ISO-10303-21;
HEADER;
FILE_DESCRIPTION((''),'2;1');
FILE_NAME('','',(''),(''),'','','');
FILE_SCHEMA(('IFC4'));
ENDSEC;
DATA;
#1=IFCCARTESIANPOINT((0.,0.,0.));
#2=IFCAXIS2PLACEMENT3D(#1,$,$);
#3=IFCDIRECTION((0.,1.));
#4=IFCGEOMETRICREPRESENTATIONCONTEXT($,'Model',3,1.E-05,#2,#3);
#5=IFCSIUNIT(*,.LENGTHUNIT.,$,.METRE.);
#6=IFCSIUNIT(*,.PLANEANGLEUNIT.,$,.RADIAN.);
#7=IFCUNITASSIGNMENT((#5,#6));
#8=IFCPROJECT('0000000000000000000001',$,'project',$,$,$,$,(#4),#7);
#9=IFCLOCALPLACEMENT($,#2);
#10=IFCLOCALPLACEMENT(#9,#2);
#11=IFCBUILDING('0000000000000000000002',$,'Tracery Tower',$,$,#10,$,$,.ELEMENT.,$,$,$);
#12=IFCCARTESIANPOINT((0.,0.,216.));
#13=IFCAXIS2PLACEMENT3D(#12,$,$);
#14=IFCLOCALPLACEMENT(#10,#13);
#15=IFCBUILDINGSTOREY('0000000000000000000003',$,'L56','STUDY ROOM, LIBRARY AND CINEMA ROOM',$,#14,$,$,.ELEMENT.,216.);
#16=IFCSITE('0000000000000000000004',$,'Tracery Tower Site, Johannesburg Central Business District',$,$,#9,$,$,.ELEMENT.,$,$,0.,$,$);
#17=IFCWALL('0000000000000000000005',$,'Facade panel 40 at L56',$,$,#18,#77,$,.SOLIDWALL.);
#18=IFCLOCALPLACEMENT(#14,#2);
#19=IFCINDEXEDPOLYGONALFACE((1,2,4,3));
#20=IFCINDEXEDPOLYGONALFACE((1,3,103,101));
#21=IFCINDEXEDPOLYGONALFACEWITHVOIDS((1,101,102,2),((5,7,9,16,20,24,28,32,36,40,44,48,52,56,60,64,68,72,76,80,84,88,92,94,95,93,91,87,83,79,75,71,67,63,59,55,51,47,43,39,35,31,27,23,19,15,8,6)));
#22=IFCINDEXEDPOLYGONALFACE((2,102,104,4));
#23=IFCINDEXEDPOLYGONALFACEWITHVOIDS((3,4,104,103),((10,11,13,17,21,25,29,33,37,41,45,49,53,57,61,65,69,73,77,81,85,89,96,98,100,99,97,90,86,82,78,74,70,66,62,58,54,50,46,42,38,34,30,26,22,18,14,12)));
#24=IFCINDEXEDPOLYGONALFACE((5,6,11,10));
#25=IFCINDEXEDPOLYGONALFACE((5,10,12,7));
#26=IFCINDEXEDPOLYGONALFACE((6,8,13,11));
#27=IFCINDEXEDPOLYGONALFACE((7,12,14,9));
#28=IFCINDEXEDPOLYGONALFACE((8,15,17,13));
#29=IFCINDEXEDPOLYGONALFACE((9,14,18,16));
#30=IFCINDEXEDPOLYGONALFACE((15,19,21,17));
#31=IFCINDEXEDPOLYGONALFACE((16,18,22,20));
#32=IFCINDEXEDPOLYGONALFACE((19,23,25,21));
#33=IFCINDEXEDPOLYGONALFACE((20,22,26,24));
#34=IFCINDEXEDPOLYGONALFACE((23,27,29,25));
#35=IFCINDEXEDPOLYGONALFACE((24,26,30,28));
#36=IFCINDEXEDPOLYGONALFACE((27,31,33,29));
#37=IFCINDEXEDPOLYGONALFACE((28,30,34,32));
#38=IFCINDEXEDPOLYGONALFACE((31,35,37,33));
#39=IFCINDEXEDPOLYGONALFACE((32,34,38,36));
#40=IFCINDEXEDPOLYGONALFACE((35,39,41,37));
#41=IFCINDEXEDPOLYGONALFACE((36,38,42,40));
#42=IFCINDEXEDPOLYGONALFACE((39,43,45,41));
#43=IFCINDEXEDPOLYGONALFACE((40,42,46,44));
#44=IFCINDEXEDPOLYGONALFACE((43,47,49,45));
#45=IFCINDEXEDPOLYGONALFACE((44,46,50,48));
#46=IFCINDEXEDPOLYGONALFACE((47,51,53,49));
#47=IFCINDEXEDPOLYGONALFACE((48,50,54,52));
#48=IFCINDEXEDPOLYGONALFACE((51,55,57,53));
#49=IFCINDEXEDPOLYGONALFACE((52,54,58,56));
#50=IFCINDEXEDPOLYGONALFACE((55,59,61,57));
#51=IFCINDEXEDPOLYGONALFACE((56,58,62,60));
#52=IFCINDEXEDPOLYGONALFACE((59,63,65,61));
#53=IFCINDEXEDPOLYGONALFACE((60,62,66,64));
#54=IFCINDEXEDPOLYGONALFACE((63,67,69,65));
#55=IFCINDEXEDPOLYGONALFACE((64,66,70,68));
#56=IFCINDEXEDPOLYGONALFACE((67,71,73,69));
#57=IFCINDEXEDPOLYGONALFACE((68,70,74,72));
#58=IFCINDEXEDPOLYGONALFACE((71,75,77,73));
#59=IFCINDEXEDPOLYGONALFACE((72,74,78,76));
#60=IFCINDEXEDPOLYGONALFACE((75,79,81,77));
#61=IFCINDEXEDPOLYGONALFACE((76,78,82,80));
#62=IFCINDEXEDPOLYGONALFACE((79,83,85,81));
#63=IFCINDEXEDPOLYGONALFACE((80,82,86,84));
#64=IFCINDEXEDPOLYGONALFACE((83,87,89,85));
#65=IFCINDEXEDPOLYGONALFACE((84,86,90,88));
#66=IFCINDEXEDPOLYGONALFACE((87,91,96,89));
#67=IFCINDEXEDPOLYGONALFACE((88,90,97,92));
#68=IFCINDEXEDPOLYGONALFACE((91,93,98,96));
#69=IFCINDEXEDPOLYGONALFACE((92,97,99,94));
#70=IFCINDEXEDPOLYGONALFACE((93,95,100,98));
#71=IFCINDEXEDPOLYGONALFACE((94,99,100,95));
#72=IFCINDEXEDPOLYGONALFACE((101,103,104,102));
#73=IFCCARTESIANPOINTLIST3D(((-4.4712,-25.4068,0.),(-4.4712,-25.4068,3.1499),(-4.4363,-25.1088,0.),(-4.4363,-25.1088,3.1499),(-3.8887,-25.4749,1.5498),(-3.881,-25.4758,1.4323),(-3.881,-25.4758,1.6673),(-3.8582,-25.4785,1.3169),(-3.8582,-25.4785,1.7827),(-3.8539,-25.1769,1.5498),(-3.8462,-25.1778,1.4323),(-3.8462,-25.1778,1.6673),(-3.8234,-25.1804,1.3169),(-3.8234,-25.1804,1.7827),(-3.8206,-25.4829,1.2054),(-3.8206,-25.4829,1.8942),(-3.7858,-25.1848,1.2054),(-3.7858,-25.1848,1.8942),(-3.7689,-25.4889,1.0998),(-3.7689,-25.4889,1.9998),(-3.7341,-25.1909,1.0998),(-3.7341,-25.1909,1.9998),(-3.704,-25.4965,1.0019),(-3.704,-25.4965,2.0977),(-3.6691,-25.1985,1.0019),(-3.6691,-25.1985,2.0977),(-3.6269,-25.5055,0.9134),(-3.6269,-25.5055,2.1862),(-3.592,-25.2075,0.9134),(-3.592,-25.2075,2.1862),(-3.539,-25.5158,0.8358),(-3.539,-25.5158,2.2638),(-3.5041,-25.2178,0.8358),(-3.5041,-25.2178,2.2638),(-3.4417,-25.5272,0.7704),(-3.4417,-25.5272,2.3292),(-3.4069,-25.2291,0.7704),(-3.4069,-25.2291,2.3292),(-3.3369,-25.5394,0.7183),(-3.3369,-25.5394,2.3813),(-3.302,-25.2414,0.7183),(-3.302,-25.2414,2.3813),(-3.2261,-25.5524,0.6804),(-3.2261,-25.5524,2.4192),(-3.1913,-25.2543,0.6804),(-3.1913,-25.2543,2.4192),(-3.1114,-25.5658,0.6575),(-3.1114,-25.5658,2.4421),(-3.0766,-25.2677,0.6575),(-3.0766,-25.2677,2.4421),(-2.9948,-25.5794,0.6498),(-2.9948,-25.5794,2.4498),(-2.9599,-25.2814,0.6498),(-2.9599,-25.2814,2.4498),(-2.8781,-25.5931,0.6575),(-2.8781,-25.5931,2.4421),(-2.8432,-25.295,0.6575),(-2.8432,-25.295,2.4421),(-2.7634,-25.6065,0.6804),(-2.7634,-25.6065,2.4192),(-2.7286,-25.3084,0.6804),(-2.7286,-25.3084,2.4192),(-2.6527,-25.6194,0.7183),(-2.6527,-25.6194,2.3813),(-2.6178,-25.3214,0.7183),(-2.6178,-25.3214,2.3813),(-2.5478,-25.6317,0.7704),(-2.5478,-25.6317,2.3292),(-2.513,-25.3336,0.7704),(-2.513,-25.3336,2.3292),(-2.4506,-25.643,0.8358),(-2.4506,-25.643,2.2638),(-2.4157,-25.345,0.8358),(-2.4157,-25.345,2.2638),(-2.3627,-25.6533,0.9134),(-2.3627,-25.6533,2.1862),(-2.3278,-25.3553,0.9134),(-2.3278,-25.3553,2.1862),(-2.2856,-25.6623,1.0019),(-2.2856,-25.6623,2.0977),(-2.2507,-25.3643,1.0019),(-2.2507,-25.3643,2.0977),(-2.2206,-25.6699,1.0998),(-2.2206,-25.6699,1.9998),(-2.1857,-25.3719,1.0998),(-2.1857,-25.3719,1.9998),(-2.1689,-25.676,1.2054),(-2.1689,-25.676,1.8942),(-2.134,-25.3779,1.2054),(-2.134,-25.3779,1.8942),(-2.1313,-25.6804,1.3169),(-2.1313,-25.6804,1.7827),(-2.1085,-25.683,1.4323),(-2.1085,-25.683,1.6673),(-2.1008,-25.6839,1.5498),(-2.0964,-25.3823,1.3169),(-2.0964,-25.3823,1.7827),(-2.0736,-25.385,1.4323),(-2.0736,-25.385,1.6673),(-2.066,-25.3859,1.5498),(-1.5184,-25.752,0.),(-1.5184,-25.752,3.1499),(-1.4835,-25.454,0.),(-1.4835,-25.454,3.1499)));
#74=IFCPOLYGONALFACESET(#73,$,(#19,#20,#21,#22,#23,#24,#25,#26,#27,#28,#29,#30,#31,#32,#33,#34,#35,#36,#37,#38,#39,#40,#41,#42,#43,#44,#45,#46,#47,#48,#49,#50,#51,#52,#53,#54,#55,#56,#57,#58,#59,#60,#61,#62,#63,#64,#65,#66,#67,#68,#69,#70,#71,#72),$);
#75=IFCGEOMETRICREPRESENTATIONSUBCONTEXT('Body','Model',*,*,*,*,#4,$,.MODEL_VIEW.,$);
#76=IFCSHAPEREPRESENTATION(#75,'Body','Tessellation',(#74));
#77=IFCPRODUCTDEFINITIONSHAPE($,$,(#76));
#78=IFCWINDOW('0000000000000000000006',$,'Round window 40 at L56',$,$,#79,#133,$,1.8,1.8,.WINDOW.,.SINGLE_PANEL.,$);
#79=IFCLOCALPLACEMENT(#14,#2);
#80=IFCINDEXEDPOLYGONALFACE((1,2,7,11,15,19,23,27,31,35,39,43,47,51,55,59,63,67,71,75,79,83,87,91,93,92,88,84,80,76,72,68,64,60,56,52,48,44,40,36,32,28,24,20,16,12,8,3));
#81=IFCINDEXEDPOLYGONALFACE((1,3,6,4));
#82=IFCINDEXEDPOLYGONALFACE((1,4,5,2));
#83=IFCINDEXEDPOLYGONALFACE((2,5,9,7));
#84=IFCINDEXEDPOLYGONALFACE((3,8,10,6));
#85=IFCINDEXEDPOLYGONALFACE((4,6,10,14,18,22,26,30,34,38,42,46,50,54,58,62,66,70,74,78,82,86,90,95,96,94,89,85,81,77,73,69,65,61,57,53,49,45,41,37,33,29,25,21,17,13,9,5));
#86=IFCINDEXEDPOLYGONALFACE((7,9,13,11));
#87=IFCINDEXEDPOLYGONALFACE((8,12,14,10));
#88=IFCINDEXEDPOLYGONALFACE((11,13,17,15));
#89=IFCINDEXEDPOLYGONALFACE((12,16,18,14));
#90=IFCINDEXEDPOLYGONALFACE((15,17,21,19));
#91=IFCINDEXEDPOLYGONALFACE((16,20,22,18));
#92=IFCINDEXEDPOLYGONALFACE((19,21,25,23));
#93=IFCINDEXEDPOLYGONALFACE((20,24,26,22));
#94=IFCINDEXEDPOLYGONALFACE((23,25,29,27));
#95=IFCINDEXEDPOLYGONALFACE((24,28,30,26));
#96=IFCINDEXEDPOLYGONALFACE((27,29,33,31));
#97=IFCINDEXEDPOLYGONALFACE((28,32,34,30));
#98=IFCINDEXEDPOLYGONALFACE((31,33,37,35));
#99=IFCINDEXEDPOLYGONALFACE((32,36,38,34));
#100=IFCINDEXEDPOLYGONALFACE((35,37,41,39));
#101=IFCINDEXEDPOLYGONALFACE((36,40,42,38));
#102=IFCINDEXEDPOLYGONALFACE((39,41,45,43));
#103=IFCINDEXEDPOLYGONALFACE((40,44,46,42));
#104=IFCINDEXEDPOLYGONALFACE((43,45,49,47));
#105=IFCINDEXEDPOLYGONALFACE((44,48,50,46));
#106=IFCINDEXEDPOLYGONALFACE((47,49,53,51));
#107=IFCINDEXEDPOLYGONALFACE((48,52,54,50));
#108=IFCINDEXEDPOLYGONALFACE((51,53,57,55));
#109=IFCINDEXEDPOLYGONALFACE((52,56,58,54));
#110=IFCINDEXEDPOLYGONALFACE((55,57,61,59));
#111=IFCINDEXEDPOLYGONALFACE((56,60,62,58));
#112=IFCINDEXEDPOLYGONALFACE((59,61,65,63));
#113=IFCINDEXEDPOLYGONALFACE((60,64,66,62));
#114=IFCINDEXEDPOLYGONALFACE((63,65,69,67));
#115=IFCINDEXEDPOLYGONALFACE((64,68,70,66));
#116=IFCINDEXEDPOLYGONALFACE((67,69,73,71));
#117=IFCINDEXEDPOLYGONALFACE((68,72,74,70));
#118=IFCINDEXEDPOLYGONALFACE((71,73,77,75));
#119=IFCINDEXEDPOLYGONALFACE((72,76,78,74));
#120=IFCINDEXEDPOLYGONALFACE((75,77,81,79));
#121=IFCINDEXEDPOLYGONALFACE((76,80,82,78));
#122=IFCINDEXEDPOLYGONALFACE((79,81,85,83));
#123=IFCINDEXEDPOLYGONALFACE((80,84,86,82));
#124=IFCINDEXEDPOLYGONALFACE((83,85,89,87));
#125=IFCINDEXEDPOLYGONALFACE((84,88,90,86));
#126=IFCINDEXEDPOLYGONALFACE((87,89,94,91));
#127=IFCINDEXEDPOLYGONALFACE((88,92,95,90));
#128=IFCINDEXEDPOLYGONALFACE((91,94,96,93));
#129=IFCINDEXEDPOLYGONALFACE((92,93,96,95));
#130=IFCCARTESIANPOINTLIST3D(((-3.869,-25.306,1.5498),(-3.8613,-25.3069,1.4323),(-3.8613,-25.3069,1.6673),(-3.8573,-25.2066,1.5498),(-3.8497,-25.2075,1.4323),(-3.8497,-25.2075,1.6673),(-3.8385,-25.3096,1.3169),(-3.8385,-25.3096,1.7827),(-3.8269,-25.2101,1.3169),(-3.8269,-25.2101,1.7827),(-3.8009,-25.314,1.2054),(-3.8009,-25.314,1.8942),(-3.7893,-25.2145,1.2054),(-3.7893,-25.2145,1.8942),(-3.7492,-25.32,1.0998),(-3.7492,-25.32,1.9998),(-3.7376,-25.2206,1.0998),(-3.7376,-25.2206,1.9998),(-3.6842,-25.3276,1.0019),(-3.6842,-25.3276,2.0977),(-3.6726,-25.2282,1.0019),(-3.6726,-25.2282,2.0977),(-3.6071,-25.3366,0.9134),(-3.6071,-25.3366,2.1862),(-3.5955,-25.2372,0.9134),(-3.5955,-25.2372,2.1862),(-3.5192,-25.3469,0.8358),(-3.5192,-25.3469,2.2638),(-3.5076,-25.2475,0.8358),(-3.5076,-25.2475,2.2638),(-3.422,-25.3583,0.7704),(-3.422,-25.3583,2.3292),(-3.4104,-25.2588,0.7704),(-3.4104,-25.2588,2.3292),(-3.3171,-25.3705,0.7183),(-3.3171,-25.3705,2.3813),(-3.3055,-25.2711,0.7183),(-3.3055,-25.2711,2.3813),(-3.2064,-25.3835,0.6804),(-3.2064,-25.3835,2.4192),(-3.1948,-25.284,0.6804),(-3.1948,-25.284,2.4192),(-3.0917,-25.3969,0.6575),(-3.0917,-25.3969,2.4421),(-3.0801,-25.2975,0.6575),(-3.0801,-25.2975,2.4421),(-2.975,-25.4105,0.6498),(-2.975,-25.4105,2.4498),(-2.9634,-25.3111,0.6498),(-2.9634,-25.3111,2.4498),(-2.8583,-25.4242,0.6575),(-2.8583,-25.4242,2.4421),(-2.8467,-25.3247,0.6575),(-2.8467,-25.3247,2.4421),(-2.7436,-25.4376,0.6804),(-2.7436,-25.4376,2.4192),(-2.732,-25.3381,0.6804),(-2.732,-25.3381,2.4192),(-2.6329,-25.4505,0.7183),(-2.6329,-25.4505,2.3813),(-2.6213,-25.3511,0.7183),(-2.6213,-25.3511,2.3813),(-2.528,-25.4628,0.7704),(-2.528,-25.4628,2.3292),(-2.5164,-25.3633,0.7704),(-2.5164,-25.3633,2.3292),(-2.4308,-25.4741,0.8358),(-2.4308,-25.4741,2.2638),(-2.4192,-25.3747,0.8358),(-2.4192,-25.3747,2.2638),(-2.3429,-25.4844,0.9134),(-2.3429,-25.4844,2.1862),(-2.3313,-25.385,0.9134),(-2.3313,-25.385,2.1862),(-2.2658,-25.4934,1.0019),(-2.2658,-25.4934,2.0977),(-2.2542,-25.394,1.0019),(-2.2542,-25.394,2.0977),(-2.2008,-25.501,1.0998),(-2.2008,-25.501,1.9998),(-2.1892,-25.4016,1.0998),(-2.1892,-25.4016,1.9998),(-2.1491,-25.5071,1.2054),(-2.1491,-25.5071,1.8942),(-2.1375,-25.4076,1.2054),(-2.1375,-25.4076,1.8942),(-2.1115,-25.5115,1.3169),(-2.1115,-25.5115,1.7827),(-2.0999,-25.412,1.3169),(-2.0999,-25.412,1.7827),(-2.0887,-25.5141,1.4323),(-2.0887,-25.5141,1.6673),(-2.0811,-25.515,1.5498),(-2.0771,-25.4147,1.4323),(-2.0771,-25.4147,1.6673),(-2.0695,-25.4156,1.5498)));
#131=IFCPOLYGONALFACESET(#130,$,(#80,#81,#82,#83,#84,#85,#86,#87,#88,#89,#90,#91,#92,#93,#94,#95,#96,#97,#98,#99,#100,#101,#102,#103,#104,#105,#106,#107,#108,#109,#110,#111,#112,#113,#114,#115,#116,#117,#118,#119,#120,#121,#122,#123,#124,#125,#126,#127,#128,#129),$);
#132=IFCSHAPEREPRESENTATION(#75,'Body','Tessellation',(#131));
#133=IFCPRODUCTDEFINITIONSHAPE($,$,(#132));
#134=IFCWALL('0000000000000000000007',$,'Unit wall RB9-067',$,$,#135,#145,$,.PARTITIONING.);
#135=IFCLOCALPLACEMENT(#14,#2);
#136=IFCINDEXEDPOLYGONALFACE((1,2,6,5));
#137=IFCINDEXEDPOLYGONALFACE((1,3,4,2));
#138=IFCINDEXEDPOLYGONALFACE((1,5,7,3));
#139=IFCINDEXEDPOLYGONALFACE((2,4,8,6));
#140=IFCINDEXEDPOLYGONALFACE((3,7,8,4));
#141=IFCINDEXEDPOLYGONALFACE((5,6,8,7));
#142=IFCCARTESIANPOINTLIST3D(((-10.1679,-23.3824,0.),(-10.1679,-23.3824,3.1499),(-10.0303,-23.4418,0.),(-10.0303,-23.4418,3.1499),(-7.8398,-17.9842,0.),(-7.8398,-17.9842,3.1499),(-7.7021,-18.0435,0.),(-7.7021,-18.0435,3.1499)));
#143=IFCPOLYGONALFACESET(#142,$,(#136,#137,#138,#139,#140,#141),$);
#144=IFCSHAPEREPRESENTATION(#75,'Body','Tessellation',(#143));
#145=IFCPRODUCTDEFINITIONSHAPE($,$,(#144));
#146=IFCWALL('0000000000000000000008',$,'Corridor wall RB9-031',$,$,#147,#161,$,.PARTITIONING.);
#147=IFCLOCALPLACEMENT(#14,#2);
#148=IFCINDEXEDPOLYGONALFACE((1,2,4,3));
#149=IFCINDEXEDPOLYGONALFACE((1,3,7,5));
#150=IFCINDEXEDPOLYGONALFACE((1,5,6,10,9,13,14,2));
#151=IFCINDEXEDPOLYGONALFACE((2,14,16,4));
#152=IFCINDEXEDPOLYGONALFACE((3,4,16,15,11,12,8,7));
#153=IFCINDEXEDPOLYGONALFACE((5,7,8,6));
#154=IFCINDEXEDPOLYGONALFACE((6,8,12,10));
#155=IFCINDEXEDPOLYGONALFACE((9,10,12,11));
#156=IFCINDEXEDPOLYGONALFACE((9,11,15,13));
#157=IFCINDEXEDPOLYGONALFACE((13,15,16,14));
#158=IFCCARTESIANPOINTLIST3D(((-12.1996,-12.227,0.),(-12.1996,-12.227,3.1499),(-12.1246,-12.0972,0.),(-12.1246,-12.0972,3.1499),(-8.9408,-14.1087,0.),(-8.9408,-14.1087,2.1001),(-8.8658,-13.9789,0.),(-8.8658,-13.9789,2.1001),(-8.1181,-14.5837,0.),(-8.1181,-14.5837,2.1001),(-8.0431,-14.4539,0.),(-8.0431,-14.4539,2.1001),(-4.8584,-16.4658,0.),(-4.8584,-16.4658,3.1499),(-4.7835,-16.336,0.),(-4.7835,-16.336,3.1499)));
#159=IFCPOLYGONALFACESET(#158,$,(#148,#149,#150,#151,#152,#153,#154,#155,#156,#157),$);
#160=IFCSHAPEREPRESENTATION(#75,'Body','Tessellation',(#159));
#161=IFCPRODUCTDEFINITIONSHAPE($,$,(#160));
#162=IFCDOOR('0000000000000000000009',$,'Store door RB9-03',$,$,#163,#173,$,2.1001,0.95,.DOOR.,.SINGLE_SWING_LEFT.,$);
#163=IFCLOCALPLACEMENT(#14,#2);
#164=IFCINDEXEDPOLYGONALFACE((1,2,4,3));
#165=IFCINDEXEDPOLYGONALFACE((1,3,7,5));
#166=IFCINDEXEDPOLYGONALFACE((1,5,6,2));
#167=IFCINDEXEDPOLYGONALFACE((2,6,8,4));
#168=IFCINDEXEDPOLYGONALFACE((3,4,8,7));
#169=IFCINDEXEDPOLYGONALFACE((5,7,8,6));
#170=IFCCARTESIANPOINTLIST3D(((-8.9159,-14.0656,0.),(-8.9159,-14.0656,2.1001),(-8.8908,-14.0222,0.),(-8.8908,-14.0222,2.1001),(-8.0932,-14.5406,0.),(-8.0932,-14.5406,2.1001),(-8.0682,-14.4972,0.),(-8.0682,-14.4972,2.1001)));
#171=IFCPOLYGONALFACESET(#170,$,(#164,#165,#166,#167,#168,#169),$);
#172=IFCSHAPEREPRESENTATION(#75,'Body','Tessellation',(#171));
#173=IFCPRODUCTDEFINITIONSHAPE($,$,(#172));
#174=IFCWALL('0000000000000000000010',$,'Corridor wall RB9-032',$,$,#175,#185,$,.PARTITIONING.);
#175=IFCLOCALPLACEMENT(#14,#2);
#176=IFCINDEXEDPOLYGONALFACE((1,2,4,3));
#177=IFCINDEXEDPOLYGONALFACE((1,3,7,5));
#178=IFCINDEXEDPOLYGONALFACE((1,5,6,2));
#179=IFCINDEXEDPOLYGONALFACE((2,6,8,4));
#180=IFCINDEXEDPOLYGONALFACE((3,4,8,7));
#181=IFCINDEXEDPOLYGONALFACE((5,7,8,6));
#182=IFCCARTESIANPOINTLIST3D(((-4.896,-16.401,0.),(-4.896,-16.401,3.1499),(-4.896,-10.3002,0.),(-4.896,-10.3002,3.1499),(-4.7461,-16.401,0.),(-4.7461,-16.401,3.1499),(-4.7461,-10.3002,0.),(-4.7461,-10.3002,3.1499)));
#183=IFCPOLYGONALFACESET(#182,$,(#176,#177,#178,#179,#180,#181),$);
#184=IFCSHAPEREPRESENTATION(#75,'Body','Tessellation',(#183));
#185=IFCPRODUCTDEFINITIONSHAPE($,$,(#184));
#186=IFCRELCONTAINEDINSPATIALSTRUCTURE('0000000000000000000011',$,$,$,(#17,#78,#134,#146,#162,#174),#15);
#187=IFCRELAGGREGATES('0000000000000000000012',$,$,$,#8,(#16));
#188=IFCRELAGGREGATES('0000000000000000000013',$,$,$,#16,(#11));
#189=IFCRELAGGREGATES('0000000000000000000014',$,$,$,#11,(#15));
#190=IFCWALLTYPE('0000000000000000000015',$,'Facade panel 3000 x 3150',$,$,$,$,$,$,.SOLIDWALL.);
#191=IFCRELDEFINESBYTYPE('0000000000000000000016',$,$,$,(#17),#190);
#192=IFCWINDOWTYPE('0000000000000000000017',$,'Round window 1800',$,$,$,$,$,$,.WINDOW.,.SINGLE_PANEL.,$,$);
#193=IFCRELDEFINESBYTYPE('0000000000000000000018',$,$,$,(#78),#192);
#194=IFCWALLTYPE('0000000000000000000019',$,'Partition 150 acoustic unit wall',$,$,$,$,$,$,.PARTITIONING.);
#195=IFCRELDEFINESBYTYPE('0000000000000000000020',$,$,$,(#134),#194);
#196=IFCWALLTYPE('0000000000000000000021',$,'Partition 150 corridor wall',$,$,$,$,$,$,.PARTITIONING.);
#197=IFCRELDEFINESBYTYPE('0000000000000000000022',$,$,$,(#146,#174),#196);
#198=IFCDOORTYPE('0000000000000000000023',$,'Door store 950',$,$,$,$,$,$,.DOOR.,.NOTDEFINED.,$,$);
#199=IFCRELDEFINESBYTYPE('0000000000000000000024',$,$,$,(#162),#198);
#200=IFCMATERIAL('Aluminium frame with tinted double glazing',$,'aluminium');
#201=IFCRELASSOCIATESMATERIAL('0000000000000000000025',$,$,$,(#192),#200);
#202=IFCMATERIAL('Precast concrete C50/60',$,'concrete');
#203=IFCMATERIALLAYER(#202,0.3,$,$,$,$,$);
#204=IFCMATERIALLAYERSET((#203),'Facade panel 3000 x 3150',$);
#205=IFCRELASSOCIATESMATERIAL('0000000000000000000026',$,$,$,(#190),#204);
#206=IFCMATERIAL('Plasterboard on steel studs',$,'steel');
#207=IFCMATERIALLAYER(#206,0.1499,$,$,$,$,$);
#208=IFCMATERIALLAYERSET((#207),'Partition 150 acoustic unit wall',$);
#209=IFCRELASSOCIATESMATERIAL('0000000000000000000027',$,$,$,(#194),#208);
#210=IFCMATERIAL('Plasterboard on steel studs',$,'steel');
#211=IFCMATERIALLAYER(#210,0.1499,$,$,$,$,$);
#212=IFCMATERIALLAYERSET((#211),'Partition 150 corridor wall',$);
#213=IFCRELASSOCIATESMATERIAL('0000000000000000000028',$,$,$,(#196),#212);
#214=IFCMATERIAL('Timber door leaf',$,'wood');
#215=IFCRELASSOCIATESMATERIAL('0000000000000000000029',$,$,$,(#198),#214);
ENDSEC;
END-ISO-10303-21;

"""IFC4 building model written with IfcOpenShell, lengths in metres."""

from ifc_helpers import new_model, si_unit, direction, frame, frame_2d, origin, origin_2d, place, context, subcontext, project, spatial, rectangle, circle, extrude, material, layer, layer_set, type_object, element, fill, save


model = new_model("IFC4")

# Units and contexts
model_context = context("Model", 3, precision=1e-05, world=origin(), true_north=direction((0.0, 1.0)))
body_context = subcontext(model_context, "Body", "Model", "MODEL_VIEW")
ifc_project = project(units=[si_unit("LENGTHUNIT", "METRE"), si_unit("PLANEANGLEUNIT", "RADIAN")], contexts=[model_context])

# Site, building, storey
site_placement = place(None, origin())
site = spatial("IfcSite", under=ifc_project, at=site_placement, Name="Tracery Tower Site, Johannesburg Central Business District", CompositionType="ELEMENT", RefElevation=0.0)
building_placement = place(site_placement, origin())
building = spatial("IfcBuilding", under=site, at=building_placement, Name="Tracery Tower", CompositionType="ELEMENT")
storey_placement = place(building_placement, frame((0.0, 0.0, 216.0)))
storey = spatial("IfcBuildingStorey", under=building, at=storey_placement, Name="L56", Description="STUDY ROOM, LIBRARY AND CINEMA ROOM", CompositionType="ELEMENT", Elevation=216.0)

# Wall, opening, window
ifc_material_1 = material(Name="Aluminium frame with tinted double glazing", Category="aluminium")
window_type = type_object("IfcWindowType", Name="Round window 1800", PartitioningType="SINGLE_PANEL", PredefinedType="WINDOW", material=ifc_material_1)
ifc_material_2 = material(Name="Precast concrete C50/60", Category="concrete")
ifc_layer_1 = layer(ifc_material_2, 0.3)
ifc_layer_set_1 = layer_set([ifc_layer_1], Name="Facade panel 3000 x 3150")
wall_type_1 = type_object("IfcWallType", Name="Facade panel 3000 x 3150", PredefinedType="SOLIDWALL", material=ifc_layer_set_1)
wall_1_placement = place(storey_placement, frame((-4.4536, -25.2578, 0.0), z_axis=(0.0, 0.0, 1.0), x_axis=(0.993236, -0.116117, 0.0)))
wall_1 = element("IfcWall", 1, at=wall_1_placement, inside=storey, type_object=wall_type_1, Name="Facade panel 40 at L56", PredefinedType="SOLIDWALL", context=body_context, shape_type="SweptSolid", body=[
    extrude(rectangle(XDim=2.9729, YDim=0.3, at=frame_2d((1.4863, 0.0))), origin(), (0.0, 0.0, 1.0), 3.1499),
])
opening_1_placement = place(wall_1_placement, frame((1.4863, 0.0, 1.5498)))
opening_1 = element("IfcOpeningElement", 2, at=opening_1_placement, cuts=wall_1, PredefinedType="OPENING", context=body_context, shape_type="SweptSolid", body=[
    extrude(circle(Radius=0.9, at=origin_2d()), frame((0.0, 0.1599, 0.0), z_axis=(0.0, -1.0, 0.0), x_axis=(1.0, 0.0, 0.0)), (0.0, 0.0, 1.0), 0.3201),
])
window_1_placement = place(opening_1_placement, origin())
window_1 = element("IfcWindow", 3, at=window_1_placement, inside=storey, type_object=window_type, Name="Round window 40 at L56", OverallHeight=1.8, OverallWidth=1.8, PartitioningType="SINGLE_PANEL", PredefinedType="WINDOW", context=body_context, shape_type="SweptSolid", body=[
    extrude(circle(Radius=0.9, at=origin_2d()), frame((0.0, 0.1201, 0.0), z_axis=(0.0, -1.0, 0.0), x_axis=(1.0, 0.0, 0.0)), (0.0, 0.0, 1.0), 0.1001),
])
fill(opening_1, window_1)

# Wall
ifc_material_3 = material(Name="Plasterboard on steel studs", Category="steel")
ifc_layer_2 = layer(ifc_material_3, 0.1499)
ifc_layer_set_2 = layer_set([ifc_layer_2], Name="Partition 150 acoustic unit wall")
wall_type_2 = type_object("IfcWallType", Name="Partition 150 acoustic unit wall", PredefinedType="PARTITIONING", material=ifc_layer_set_2)
wall_2_placement = place(storey_placement, frame((-10.0991, -23.4121, 0.0), z_axis=(0.0, 0.0, 1.0), x_axis=(0.396018, 0.918243, 0.0)))
element("IfcWall", 4, at=wall_2_placement, inside=storey, type_object=wall_type_2, Name="Unit wall RB9-067", PredefinedType="PARTITIONING", context=body_context, shape_type="SweptSolid", body=[
    extrude(rectangle(XDim=5.8789, YDim=0.1499, at=frame_2d((2.9395, 0.0))), origin(), (0.0, 0.0, 1.0), 3.1499),
])

# Wall, opening, door
ifc_material_4 = material(Name="Plasterboard on steel studs", Category="steel")
ifc_layer_3 = layer(ifc_material_4, 0.1499)
ifc_layer_set_3 = layer_set([ifc_layer_3], Name="Partition 150 corridor wall")
wall_type_3 = type_object("IfcWallType", Name="Partition 150 corridor wall", PredefinedType="PARTITIONING", material=ifc_layer_set_3)
wall_3_placement = place(storey_placement, frame((-12.1621, -12.1621, 0.0), z_axis=(0.0, 0.0, 1.0), x_axis=(0.866005, -0.500036, 0.0)))
wall_3 = element("IfcWall", 5, at=wall_3_placement, inside=storey, type_object=wall_type_3, Name="Corridor wall RB9-031", PredefinedType="PARTITIONING", context=body_context, shape_type="SweptSolid", body=[
    extrude(rectangle(XDim=8.4771, YDim=0.1499, at=frame_2d((4.2385, 0.0))), origin(), (0.0, 0.0, 1.0), 3.1499),
])
opening_2_placement = place(wall_3_placement, frame((3.7629, 0.0, 0.0)))
opening_2 = element("IfcOpeningElement", 6, at=opening_2_placement, cuts=wall_3, PredefinedType="OPENING", context=body_context, shape_type="SweptSolid", body=[
    extrude(rectangle(XDim=0.95, YDim=2.1001, at=frame_2d((0.4751, 1.05))), frame((0.0, 0.075, 0.0), z_axis=(0.0, -1.0, 0.0), x_axis=(1.0, 0.0, 0.0)), (0.0, 0.0, 1.0), 0.1499),
])
ifc_material_5 = material(Name="Timber door leaf", Category="wood")
door_type_1 = type_object("IfcDoorType", Name="Door store 950", OperationType="NOTDEFINED", PredefinedType="DOOR", material=ifc_material_5)
door_1_placement = place(opening_2_placement, origin())
door_1 = element("IfcDoor", 7, at=door_1_placement, inside=storey, type_object=door_type_1, Name="Store door RB9-03", OperationType="SINGLE_SWING_LEFT", OverallHeight=2.1001, OverallWidth=0.95, PredefinedType="DOOR", context=body_context, shape_type="SweptSolid", body=[
    extrude(rectangle(XDim=0.95, YDim=2.1001, at=frame_2d((0.4751, 1.05))), frame((0.0, 0.0249, 0.0), z_axis=(0.0, -1.0, 0.0), x_axis=(1.0, 0.0, 0.0)), (0.0, 0.0, 1.0), 0.05),
])
fill(opening_2, door_1)

# Wall
wall_4_placement = place(storey_placement, frame((-4.821, -16.4009, 0.0), z_axis=(0.0, 0.0, 1.0), x_axis=(0.0, 1.0, 0.0)))
element("IfcWall", 8, at=wall_4_placement, inside=storey, type_object=wall_type_3, Name="Corridor wall RB9-032", PredefinedType="PARTITIONING", context=body_context, shape_type="SweptSolid", body=[
    extrude(rectangle(XDim=6.1008, YDim=0.1499, at=frame_2d((3.0503, 0.0))), origin(), (0.0, 0.0, 1.0), 3.1499),
])

save(model, "model.ifc")
